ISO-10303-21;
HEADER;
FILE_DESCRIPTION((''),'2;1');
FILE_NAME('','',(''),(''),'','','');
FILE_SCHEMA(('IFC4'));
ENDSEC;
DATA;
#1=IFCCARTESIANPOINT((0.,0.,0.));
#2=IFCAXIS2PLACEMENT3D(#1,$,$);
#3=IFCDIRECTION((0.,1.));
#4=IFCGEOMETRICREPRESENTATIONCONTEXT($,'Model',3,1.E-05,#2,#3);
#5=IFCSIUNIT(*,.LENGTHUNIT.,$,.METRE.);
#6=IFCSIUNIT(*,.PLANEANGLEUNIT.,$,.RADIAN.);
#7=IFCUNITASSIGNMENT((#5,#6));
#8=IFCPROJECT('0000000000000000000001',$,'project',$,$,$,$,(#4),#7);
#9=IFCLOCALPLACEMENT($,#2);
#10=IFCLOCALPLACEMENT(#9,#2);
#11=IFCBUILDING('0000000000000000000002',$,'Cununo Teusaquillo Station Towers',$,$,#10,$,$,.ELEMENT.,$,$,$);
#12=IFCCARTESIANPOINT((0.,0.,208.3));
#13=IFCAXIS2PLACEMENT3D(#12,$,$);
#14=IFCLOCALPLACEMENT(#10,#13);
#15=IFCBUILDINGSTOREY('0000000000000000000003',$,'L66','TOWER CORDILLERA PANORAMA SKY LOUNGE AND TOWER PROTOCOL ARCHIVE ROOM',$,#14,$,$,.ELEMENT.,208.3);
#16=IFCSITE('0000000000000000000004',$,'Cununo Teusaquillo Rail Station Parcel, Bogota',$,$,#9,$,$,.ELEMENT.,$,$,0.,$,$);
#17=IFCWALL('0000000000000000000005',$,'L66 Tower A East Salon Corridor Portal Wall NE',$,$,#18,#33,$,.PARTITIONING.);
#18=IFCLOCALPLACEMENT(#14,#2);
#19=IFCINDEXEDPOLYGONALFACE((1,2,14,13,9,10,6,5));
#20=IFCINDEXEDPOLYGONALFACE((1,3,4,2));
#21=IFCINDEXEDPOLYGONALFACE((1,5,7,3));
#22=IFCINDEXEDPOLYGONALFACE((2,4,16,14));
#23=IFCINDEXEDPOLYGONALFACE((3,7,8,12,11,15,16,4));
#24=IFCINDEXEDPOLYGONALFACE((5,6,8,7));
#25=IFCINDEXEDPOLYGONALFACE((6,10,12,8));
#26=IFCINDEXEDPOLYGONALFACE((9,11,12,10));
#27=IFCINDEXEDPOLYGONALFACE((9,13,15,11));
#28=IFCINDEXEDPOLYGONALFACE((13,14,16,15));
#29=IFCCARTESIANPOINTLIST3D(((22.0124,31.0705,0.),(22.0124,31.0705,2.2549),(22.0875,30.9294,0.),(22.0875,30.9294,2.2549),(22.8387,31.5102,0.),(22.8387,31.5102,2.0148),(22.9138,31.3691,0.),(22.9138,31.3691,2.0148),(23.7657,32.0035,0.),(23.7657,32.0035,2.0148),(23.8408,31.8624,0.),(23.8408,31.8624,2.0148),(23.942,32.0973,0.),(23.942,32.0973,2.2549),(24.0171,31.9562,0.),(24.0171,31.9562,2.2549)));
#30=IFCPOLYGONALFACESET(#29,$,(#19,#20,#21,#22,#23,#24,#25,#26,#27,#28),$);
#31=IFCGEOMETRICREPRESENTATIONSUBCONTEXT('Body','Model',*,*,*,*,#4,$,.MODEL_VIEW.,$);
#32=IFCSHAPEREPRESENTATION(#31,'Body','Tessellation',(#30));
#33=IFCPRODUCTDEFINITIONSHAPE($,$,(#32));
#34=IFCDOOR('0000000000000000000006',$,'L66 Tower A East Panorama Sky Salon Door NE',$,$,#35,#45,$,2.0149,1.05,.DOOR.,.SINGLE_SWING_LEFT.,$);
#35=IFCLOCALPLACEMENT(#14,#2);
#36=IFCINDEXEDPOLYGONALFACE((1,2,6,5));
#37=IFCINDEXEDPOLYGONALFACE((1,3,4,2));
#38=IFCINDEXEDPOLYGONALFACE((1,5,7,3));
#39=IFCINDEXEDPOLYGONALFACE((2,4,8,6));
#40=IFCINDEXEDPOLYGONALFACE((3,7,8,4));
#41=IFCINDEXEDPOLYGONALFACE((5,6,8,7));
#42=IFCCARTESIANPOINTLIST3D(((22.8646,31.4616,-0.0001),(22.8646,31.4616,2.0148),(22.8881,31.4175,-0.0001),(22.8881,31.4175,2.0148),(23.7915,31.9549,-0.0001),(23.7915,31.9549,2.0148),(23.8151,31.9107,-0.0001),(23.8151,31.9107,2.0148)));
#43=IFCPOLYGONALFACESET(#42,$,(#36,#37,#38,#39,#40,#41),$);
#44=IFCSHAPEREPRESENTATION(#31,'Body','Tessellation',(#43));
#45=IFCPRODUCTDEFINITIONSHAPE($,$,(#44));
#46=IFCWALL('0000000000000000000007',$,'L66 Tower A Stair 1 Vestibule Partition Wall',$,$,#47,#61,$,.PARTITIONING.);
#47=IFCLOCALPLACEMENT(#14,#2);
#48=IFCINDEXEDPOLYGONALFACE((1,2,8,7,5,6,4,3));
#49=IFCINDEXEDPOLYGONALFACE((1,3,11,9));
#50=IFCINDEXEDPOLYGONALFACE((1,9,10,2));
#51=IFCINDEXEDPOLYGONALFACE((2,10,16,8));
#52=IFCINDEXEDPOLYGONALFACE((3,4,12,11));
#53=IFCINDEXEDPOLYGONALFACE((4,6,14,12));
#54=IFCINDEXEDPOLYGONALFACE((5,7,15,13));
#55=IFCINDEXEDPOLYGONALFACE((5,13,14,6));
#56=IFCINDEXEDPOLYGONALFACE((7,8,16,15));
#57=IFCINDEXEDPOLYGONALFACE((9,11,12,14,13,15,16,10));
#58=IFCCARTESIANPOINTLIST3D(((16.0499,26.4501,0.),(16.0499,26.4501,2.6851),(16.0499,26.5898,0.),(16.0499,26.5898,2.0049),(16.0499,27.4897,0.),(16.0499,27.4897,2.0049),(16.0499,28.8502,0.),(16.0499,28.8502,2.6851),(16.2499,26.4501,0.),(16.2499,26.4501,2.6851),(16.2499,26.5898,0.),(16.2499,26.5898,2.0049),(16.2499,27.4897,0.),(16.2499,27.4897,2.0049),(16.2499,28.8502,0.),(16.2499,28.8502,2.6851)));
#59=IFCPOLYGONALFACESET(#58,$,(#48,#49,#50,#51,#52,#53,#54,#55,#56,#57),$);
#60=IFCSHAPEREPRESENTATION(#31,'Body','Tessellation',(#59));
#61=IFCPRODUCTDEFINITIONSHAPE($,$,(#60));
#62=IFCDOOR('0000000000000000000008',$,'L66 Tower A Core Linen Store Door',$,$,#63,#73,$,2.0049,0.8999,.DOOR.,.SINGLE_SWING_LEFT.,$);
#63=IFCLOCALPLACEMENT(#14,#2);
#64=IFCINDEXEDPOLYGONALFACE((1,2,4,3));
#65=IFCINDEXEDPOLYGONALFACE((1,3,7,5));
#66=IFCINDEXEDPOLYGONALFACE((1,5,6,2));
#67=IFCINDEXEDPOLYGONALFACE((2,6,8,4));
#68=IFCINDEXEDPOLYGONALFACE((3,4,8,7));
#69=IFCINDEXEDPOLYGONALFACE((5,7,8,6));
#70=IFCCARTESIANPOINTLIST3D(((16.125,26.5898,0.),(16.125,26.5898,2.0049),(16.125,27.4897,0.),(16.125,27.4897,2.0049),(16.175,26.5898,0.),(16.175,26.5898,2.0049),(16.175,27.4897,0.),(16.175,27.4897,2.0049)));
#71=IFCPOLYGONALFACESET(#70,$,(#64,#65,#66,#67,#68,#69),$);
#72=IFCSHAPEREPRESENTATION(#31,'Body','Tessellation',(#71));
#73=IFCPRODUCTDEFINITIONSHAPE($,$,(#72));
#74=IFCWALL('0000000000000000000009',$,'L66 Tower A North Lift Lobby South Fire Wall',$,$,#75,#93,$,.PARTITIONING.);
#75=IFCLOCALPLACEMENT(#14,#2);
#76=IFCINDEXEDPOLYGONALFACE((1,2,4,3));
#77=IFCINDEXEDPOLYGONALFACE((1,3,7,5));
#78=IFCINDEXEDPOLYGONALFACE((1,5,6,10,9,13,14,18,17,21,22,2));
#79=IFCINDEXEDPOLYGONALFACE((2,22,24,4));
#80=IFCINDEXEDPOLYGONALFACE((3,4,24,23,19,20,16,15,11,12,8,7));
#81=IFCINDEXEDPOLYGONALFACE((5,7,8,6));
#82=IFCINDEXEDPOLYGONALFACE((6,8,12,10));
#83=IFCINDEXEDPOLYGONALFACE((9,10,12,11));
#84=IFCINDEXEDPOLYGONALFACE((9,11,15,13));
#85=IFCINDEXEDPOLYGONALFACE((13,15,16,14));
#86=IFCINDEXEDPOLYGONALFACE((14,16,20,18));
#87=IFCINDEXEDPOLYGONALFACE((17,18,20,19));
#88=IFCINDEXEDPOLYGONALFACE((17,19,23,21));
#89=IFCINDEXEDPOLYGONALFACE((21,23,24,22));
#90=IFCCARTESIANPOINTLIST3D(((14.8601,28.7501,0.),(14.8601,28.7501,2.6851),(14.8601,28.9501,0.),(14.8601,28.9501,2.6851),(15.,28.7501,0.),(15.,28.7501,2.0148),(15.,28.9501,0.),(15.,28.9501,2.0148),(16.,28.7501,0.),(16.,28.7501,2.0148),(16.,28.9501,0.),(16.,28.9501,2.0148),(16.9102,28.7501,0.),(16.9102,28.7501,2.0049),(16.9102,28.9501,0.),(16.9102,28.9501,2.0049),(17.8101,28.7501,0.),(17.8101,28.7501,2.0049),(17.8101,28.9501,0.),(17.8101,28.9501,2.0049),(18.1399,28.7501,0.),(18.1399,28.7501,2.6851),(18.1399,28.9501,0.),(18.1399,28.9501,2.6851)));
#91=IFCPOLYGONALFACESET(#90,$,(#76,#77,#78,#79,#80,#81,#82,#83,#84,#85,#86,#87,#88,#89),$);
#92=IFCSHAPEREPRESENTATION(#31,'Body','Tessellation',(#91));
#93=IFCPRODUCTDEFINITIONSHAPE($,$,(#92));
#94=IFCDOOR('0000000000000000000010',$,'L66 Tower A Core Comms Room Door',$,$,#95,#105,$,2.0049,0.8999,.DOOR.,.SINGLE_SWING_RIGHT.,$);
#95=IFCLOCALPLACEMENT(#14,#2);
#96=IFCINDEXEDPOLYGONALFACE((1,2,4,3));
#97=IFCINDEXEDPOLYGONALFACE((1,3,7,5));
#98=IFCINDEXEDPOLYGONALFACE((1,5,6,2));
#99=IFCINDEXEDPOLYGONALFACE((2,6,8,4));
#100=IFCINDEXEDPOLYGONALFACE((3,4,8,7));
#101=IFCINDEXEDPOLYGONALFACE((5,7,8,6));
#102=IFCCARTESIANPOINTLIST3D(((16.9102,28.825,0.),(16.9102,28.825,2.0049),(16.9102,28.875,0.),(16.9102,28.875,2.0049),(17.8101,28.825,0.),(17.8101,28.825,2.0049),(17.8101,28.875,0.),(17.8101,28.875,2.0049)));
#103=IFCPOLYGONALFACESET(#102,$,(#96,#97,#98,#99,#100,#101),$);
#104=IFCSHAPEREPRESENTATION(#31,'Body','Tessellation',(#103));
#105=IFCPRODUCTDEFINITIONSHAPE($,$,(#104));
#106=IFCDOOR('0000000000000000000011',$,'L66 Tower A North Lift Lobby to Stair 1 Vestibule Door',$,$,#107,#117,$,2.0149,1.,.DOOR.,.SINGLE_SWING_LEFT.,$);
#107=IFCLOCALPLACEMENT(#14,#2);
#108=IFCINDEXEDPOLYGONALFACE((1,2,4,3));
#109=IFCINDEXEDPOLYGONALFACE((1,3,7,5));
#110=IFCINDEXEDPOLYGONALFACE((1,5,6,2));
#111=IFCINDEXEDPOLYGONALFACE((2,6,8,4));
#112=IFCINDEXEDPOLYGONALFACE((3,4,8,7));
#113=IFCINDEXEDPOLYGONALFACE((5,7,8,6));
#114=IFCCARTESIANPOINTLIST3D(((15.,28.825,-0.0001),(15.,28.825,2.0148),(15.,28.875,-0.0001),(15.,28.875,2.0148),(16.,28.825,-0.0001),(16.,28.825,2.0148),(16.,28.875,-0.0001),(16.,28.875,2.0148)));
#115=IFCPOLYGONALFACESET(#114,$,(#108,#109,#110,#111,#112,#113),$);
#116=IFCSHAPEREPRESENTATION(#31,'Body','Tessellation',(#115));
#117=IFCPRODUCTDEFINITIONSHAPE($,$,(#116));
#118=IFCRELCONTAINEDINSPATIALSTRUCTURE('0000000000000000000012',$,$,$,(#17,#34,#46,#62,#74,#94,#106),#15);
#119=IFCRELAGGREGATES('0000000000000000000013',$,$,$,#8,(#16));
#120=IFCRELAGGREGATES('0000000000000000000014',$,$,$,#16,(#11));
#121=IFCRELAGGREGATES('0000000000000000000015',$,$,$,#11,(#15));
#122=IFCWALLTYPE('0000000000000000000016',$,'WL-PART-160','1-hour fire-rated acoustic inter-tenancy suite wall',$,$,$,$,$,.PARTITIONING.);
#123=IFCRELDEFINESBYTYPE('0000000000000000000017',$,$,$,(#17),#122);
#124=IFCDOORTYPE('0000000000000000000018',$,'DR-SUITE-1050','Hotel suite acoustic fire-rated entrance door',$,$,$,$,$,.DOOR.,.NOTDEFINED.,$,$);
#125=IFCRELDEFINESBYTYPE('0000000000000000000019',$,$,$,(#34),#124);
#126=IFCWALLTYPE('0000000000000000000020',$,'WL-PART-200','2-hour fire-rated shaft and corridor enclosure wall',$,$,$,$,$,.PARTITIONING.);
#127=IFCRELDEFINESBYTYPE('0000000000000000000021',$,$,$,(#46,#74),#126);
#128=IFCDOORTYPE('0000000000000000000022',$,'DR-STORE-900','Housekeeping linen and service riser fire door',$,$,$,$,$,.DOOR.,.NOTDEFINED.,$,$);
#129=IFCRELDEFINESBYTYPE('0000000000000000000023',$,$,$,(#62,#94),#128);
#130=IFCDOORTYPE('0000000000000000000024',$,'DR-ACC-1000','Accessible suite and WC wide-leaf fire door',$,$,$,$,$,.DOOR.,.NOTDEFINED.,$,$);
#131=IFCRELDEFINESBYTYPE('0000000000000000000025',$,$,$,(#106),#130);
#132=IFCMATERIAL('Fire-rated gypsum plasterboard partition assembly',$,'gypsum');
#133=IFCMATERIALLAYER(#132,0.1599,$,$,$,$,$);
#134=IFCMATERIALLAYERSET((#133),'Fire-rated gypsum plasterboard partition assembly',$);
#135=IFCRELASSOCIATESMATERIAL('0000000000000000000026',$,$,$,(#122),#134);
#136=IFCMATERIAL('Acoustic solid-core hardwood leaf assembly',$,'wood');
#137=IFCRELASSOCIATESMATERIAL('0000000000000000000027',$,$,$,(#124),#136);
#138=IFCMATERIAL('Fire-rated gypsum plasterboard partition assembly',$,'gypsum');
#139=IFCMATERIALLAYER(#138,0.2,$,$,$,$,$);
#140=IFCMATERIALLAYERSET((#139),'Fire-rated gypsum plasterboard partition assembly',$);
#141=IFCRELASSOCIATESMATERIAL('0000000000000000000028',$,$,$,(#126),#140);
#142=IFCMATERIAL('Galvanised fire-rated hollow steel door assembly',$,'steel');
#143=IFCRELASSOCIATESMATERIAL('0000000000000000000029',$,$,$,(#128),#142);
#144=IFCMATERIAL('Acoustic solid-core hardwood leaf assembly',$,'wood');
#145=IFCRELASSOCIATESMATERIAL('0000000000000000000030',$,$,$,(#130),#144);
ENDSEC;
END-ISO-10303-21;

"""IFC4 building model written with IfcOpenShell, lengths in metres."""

from ifc_helpers import new_model, si_unit, direction, frame, frame_2d, origin, place, context, subcontext, project, spatial, rectangle, extrude, source, transform, mapped, material, layer, layer_set, type_object, element, fill, save


model = new_model("IFC4")

# Units and contexts
model_context = context("Model", 3, precision=1e-05, world=origin(), true_north=direction((0.0, 1.0)))
body_context = subcontext(model_context, "Body", "Model", "MODEL_VIEW")
ifc_project = project(units=[si_unit("LENGTHUNIT", "METRE"), si_unit("PLANEANGLEUNIT", "RADIAN")], contexts=[model_context])

# Site, building, storey
site_placement = place(None, origin())
site = spatial("IfcSite", under=ifc_project, at=site_placement, Name="Cununo Teusaquillo Rail Station Parcel, Bogota", CompositionType="ELEMENT", RefElevation=0.0)
building_placement = place(site_placement, origin())
building = spatial("IfcBuilding", under=site, at=building_placement, Name="Cununo Teusaquillo Station Towers", CompositionType="ELEMENT")
storey_placement = place(building_placement, frame((0.0, 0.0, 208.3)))
storey = spatial("IfcBuildingStorey", under=building, at=storey_placement, Name="L66", Description="TOWER CORDILLERA PANORAMA SKY LOUNGE AND TOWER PROTOCOL ARCHIVE ROOM", CompositionType="ELEMENT", Elevation=208.3)

# Walls, openings, doors
shared_shape_1 = source(origin(), body_context, "Body", "SweptSolid", [
    extrude(rectangle(XDim=0.8999, YDim=2.0049, at=frame_2d((0.45, 1.0024))), frame((0.0, 0.0249, 0.0), z_axis=(0.0, -1.0, 0.0), x_axis=(1.0, 0.0, 0.0)), (0.0, 0.0, 1.0), 0.05),
])
ifc_material_1 = material(Name="Fire-rated gypsum plasterboard partition assembly", Category="gypsum")
ifc_layer_1 = layer(ifc_material_1, 0.1599)
ifc_layer_set_1 = layer_set([ifc_layer_1], Name="Fire-rated gypsum plasterboard partition assembly")
wall_type_1 = type_object("IfcWallType", Name="WL-PART-160", Description="1-hour fire-rated acoustic inter-tenancy suite wall", PredefinedType="PARTITIONING", material=ifc_layer_set_1)
wall_1_placement = place(storey_placement, frame((22.05, 31.0, 0.0), z_axis=(0.0, 0.0, 1.0), x_axis=(0.882792, 0.469765, 0.0)))
wall_1 = element("IfcWall", 1, at=wall_1_placement, inside=storey, type_object=wall_type_1, Name="L66 Tower A East Salon Corridor Portal Wall NE", PredefinedType="PARTITIONING", context=body_context, shape_type="SweptSolid", body=[
    extrude(rectangle(XDim=2.1858, YDim=0.1599, at=frame_2d((1.0928, 0.0))), origin(), (0.0, 0.0, 1.0), 2.2549),
])
shared_shape_2 = source(origin(), body_context, "Body", "SweptSolid", [
    extrude(rectangle(XDim=1.05, YDim=2.0149, at=frame_2d((0.5249, 1.0073))), frame((0.0, 0.0898, 0.0), z_axis=(0.0, -1.0, 0.0), x_axis=(1.0, 0.0, 0.0)), (0.0, 0.0, 1.0), 0.1799),
])
opening_1_placement = place(wall_1_placement, frame((0.936, 0.0, 0.0)))
opening_1 = element("IfcOpeningElement", 2, at=opening_1_placement, cuts=wall_1, PredefinedType="OPENING", context=body_context, shape_type="MappedRepresentation", body=[
    mapped(shared_shape_2, transform((0.0, 0.0, 0.0), x_axis=(1.0, 0.0, 0.0), y_axis=(0.0, 1.0, 0.0), z_axis=(0.0, 0.0, 1.0), scale=1.0)),
])
ifc_material_2 = material(Name="Acoustic solid-core hardwood leaf assembly", Category="wood")
door_type_1 = type_object("IfcDoorType", Name="DR-SUITE-1050", Description="Hotel suite acoustic fire-rated entrance door", OperationType="NOTDEFINED", PredefinedType="DOOR", material=ifc_material_2)
shared_shape_3 = source(origin(), body_context, "Body", "SweptSolid", [
    extrude(rectangle(XDim=1.05, YDim=2.0149, at=frame_2d((0.5249, 1.0073))), frame((0.0, 0.0249, 0.0), z_axis=(0.0, -1.0, 0.0), x_axis=(1.0, 0.0, 0.0)), (0.0, 0.0, 1.0), 0.05),
])
door_1_placement = place(opening_1_placement, origin())
door_1 = element("IfcDoor", 3, at=door_1_placement, inside=storey, type_object=door_type_1, Name="L66 Tower A East Panorama Sky Salon Door NE", OperationType="SINGLE_SWING_LEFT", OverallHeight=2.0149, OverallWidth=1.05, PredefinedType="DOOR", context=body_context, shape_type="MappedRepresentation", body=[
    mapped(shared_shape_3, transform((0.0, 0.0, 0.0), x_axis=(1.0, 0.0, 0.0), y_axis=(0.0, 1.0, 0.0), z_axis=(0.0, 0.0, 1.0), scale=1.0)),
])
fill(opening_1, door_1)
ifc_material_3 = material(Name="Fire-rated gypsum plasterboard partition assembly", Category="gypsum")
ifc_layer_2 = layer(ifc_material_3, 0.2)
ifc_layer_set_2 = layer_set([ifc_layer_2], Name="Fire-rated gypsum plasterboard partition assembly")
wall_type_2 = type_object("IfcWallType", Name="WL-PART-200", Description="2-hour fire-rated shaft and corridor enclosure wall", PredefinedType="PARTITIONING", material=ifc_layer_set_2)
wall_2_placement = place(storey_placement, frame((16.1499, 26.45, 0.0), z_axis=(0.0, 0.0, 1.0), x_axis=(0.0, 1.0, 0.0)))
wall_2 = element("IfcWall", 4, at=wall_2_placement, inside=storey, type_object=wall_type_2, Name="L66 Tower A Stair 1 Vestibule Partition Wall", PredefinedType="PARTITIONING", context=body_context, shape_type="SweptSolid", body=[
    extrude(rectangle(XDim=2.4001, YDim=0.2, at=frame_2d((1.2002, 0.0))), origin(), (0.0, 0.0, 1.0), 2.6851),
])
shared_shape_4 = source(origin(), body_context, "Body", "SweptSolid", [
    extrude(rectangle(XDim=0.8999, YDim=2.0049, at=frame_2d((0.45, 1.0024))), frame((0.0, 0.1099, 0.0), z_axis=(0.0, -1.0, 0.0), x_axis=(1.0, 0.0, 0.0)), (0.0, 0.0, 1.0), 0.22),
])
opening_2_placement = place(wall_2_placement, frame((0.1399, 0.0, 0.0)))
opening_2 = element("IfcOpeningElement", 5, at=opening_2_placement, cuts=wall_2, PredefinedType="OPENING", context=body_context, shape_type="MappedRepresentation", body=[
    mapped(shared_shape_4, transform((0.0, 0.0, 0.0), x_axis=(1.0, 0.0, 0.0), y_axis=(0.0, 1.0, 0.0), z_axis=(0.0, 0.0, 1.0), scale=1.0)),
])
ifc_material_4 = material(Name="Galvanised fire-rated hollow steel door assembly", Category="steel")
door_type_2 = type_object("IfcDoorType", Name="DR-STORE-900", Description="Housekeeping linen and service riser fire door", OperationType="NOTDEFINED", PredefinedType="DOOR", material=ifc_material_4)
door_2_placement = place(opening_2_placement, origin())
door_2 = element("IfcDoor", 6, at=door_2_placement, inside=storey, type_object=door_type_2, Name="L66 Tower A Core Linen Store Door", OperationType="SINGLE_SWING_LEFT", OverallHeight=2.0049, OverallWidth=0.8999, PredefinedType="DOOR", context=body_context, shape_type="MappedRepresentation", body=[
    mapped(shared_shape_1, transform((0.0, 0.0, 0.0), x_axis=(1.0, 0.0, 0.0), y_axis=(0.0, 1.0, 0.0), z_axis=(0.0, 0.0, 1.0), scale=1.0)),
])
fill(opening_2, door_2)

# Wall, openings, doors
wall_3_placement = place(storey_placement, frame((14.8601, 28.8501, 0.0), z_axis=(0.0, 0.0, 1.0), x_axis=(1.0, 0.0, 0.0)))
wall_3 = element("IfcWall", 7, at=wall_3_placement, inside=storey, type_object=wall_type_2, Name="L66 Tower A North Lift Lobby South Fire Wall", PredefinedType="PARTITIONING", context=body_context, shape_type="SweptSolid", body=[
    extrude(rectangle(XDim=3.2798, YDim=0.2, at=frame_2d((1.6399, 0.0))), origin(), (0.0, 0.0, 1.0), 2.6851),
])
shared_shape_5 = source(origin(), body_context, "Body", "SweptSolid", [
    extrude(rectangle(XDim=1.0, YDim=2.0149, at=frame_2d((0.5, 1.0073))), frame((0.0, 0.1099, 0.0), z_axis=(0.0, -1.0, 0.0), x_axis=(1.0, 0.0, 0.0)), (0.0, 0.0, 1.0), 0.22),
])
opening_3_placement = place(wall_3_placement, frame((0.1399, 0.0, 0.0)))
opening_3 = element("IfcOpeningElement", 8, at=opening_3_placement, cuts=wall_3, PredefinedType="OPENING", context=body_context, shape_type="MappedRepresentation", body=[
    mapped(shared_shape_5, transform((0.0, 0.0, 0.0), x_axis=(1.0, 0.0, 0.0), y_axis=(0.0, 1.0, 0.0), z_axis=(0.0, 0.0, 1.0), scale=1.0)),
])
opening_4_placement = place(wall_3_placement, frame((2.05, 0.0, 0.0)))
opening_4 = element("IfcOpeningElement", 9, at=opening_4_placement, cuts=wall_3, PredefinedType="OPENING", context=body_context, shape_type="MappedRepresentation", body=[
    mapped(shared_shape_4, transform((0.0, 0.0, 0.0), x_axis=(1.0, 0.0, 0.0), y_axis=(0.0, 1.0, 0.0), z_axis=(0.0, 0.0, 1.0), scale=1.0)),
])
door_3_placement = place(opening_4_placement, origin())
door_3 = element("IfcDoor", 10, at=door_3_placement, inside=storey, type_object=door_type_2, Name="L66 Tower A Core Comms Room Door", OperationType="SINGLE_SWING_RIGHT", OverallHeight=2.0049, OverallWidth=0.8999, PredefinedType="DOOR", context=body_context, shape_type="MappedRepresentation", body=[
    mapped(shared_shape_1, transform((0.0, 0.0, 0.0), x_axis=(1.0, 0.0, 0.0), y_axis=(0.0, 1.0, 0.0), z_axis=(0.0, 0.0, 1.0), scale=1.0)),
])
fill(opening_4, door_3)
ifc_material_5 = material(Name="Acoustic solid-core hardwood leaf assembly", Category="wood")
door_type_3 = type_object("IfcDoorType", Name="DR-ACC-1000", Description="Accessible suite and WC wide-leaf fire door", OperationType="NOTDEFINED", PredefinedType="DOOR", material=ifc_material_5)
shared_shape_6 = source(origin(), body_context, "Body", "SweptSolid", [
    extrude(rectangle(XDim=1.0, YDim=2.0149, at=frame_2d((0.5, 1.0073))), frame((0.0, 0.0249, 0.0), z_axis=(0.0, -1.0, 0.0), x_axis=(1.0, 0.0, 0.0)), (0.0, 0.0, 1.0), 0.05),
])
door_4_placement = place(opening_3_placement, origin())
door_4 = element("IfcDoor", 11, at=door_4_placement, inside=storey, type_object=door_type_3, Name="L66 Tower A North Lift Lobby to Stair 1 Vestibule Door", OperationType="SINGLE_SWING_LEFT", OverallHeight=2.0149, OverallWidth=1.0, PredefinedType="DOOR", context=body_context, shape_type="MappedRepresentation", body=[
    mapped(shared_shape_6, transform((0.0, 0.0, 0.0), x_axis=(1.0, 0.0, 0.0), y_axis=(0.0, 1.0, 0.0), z_axis=(0.0, 0.0, 1.0), scale=1.0)),
])
fill(opening_3, door_4)

save(model, "model.ifc")
